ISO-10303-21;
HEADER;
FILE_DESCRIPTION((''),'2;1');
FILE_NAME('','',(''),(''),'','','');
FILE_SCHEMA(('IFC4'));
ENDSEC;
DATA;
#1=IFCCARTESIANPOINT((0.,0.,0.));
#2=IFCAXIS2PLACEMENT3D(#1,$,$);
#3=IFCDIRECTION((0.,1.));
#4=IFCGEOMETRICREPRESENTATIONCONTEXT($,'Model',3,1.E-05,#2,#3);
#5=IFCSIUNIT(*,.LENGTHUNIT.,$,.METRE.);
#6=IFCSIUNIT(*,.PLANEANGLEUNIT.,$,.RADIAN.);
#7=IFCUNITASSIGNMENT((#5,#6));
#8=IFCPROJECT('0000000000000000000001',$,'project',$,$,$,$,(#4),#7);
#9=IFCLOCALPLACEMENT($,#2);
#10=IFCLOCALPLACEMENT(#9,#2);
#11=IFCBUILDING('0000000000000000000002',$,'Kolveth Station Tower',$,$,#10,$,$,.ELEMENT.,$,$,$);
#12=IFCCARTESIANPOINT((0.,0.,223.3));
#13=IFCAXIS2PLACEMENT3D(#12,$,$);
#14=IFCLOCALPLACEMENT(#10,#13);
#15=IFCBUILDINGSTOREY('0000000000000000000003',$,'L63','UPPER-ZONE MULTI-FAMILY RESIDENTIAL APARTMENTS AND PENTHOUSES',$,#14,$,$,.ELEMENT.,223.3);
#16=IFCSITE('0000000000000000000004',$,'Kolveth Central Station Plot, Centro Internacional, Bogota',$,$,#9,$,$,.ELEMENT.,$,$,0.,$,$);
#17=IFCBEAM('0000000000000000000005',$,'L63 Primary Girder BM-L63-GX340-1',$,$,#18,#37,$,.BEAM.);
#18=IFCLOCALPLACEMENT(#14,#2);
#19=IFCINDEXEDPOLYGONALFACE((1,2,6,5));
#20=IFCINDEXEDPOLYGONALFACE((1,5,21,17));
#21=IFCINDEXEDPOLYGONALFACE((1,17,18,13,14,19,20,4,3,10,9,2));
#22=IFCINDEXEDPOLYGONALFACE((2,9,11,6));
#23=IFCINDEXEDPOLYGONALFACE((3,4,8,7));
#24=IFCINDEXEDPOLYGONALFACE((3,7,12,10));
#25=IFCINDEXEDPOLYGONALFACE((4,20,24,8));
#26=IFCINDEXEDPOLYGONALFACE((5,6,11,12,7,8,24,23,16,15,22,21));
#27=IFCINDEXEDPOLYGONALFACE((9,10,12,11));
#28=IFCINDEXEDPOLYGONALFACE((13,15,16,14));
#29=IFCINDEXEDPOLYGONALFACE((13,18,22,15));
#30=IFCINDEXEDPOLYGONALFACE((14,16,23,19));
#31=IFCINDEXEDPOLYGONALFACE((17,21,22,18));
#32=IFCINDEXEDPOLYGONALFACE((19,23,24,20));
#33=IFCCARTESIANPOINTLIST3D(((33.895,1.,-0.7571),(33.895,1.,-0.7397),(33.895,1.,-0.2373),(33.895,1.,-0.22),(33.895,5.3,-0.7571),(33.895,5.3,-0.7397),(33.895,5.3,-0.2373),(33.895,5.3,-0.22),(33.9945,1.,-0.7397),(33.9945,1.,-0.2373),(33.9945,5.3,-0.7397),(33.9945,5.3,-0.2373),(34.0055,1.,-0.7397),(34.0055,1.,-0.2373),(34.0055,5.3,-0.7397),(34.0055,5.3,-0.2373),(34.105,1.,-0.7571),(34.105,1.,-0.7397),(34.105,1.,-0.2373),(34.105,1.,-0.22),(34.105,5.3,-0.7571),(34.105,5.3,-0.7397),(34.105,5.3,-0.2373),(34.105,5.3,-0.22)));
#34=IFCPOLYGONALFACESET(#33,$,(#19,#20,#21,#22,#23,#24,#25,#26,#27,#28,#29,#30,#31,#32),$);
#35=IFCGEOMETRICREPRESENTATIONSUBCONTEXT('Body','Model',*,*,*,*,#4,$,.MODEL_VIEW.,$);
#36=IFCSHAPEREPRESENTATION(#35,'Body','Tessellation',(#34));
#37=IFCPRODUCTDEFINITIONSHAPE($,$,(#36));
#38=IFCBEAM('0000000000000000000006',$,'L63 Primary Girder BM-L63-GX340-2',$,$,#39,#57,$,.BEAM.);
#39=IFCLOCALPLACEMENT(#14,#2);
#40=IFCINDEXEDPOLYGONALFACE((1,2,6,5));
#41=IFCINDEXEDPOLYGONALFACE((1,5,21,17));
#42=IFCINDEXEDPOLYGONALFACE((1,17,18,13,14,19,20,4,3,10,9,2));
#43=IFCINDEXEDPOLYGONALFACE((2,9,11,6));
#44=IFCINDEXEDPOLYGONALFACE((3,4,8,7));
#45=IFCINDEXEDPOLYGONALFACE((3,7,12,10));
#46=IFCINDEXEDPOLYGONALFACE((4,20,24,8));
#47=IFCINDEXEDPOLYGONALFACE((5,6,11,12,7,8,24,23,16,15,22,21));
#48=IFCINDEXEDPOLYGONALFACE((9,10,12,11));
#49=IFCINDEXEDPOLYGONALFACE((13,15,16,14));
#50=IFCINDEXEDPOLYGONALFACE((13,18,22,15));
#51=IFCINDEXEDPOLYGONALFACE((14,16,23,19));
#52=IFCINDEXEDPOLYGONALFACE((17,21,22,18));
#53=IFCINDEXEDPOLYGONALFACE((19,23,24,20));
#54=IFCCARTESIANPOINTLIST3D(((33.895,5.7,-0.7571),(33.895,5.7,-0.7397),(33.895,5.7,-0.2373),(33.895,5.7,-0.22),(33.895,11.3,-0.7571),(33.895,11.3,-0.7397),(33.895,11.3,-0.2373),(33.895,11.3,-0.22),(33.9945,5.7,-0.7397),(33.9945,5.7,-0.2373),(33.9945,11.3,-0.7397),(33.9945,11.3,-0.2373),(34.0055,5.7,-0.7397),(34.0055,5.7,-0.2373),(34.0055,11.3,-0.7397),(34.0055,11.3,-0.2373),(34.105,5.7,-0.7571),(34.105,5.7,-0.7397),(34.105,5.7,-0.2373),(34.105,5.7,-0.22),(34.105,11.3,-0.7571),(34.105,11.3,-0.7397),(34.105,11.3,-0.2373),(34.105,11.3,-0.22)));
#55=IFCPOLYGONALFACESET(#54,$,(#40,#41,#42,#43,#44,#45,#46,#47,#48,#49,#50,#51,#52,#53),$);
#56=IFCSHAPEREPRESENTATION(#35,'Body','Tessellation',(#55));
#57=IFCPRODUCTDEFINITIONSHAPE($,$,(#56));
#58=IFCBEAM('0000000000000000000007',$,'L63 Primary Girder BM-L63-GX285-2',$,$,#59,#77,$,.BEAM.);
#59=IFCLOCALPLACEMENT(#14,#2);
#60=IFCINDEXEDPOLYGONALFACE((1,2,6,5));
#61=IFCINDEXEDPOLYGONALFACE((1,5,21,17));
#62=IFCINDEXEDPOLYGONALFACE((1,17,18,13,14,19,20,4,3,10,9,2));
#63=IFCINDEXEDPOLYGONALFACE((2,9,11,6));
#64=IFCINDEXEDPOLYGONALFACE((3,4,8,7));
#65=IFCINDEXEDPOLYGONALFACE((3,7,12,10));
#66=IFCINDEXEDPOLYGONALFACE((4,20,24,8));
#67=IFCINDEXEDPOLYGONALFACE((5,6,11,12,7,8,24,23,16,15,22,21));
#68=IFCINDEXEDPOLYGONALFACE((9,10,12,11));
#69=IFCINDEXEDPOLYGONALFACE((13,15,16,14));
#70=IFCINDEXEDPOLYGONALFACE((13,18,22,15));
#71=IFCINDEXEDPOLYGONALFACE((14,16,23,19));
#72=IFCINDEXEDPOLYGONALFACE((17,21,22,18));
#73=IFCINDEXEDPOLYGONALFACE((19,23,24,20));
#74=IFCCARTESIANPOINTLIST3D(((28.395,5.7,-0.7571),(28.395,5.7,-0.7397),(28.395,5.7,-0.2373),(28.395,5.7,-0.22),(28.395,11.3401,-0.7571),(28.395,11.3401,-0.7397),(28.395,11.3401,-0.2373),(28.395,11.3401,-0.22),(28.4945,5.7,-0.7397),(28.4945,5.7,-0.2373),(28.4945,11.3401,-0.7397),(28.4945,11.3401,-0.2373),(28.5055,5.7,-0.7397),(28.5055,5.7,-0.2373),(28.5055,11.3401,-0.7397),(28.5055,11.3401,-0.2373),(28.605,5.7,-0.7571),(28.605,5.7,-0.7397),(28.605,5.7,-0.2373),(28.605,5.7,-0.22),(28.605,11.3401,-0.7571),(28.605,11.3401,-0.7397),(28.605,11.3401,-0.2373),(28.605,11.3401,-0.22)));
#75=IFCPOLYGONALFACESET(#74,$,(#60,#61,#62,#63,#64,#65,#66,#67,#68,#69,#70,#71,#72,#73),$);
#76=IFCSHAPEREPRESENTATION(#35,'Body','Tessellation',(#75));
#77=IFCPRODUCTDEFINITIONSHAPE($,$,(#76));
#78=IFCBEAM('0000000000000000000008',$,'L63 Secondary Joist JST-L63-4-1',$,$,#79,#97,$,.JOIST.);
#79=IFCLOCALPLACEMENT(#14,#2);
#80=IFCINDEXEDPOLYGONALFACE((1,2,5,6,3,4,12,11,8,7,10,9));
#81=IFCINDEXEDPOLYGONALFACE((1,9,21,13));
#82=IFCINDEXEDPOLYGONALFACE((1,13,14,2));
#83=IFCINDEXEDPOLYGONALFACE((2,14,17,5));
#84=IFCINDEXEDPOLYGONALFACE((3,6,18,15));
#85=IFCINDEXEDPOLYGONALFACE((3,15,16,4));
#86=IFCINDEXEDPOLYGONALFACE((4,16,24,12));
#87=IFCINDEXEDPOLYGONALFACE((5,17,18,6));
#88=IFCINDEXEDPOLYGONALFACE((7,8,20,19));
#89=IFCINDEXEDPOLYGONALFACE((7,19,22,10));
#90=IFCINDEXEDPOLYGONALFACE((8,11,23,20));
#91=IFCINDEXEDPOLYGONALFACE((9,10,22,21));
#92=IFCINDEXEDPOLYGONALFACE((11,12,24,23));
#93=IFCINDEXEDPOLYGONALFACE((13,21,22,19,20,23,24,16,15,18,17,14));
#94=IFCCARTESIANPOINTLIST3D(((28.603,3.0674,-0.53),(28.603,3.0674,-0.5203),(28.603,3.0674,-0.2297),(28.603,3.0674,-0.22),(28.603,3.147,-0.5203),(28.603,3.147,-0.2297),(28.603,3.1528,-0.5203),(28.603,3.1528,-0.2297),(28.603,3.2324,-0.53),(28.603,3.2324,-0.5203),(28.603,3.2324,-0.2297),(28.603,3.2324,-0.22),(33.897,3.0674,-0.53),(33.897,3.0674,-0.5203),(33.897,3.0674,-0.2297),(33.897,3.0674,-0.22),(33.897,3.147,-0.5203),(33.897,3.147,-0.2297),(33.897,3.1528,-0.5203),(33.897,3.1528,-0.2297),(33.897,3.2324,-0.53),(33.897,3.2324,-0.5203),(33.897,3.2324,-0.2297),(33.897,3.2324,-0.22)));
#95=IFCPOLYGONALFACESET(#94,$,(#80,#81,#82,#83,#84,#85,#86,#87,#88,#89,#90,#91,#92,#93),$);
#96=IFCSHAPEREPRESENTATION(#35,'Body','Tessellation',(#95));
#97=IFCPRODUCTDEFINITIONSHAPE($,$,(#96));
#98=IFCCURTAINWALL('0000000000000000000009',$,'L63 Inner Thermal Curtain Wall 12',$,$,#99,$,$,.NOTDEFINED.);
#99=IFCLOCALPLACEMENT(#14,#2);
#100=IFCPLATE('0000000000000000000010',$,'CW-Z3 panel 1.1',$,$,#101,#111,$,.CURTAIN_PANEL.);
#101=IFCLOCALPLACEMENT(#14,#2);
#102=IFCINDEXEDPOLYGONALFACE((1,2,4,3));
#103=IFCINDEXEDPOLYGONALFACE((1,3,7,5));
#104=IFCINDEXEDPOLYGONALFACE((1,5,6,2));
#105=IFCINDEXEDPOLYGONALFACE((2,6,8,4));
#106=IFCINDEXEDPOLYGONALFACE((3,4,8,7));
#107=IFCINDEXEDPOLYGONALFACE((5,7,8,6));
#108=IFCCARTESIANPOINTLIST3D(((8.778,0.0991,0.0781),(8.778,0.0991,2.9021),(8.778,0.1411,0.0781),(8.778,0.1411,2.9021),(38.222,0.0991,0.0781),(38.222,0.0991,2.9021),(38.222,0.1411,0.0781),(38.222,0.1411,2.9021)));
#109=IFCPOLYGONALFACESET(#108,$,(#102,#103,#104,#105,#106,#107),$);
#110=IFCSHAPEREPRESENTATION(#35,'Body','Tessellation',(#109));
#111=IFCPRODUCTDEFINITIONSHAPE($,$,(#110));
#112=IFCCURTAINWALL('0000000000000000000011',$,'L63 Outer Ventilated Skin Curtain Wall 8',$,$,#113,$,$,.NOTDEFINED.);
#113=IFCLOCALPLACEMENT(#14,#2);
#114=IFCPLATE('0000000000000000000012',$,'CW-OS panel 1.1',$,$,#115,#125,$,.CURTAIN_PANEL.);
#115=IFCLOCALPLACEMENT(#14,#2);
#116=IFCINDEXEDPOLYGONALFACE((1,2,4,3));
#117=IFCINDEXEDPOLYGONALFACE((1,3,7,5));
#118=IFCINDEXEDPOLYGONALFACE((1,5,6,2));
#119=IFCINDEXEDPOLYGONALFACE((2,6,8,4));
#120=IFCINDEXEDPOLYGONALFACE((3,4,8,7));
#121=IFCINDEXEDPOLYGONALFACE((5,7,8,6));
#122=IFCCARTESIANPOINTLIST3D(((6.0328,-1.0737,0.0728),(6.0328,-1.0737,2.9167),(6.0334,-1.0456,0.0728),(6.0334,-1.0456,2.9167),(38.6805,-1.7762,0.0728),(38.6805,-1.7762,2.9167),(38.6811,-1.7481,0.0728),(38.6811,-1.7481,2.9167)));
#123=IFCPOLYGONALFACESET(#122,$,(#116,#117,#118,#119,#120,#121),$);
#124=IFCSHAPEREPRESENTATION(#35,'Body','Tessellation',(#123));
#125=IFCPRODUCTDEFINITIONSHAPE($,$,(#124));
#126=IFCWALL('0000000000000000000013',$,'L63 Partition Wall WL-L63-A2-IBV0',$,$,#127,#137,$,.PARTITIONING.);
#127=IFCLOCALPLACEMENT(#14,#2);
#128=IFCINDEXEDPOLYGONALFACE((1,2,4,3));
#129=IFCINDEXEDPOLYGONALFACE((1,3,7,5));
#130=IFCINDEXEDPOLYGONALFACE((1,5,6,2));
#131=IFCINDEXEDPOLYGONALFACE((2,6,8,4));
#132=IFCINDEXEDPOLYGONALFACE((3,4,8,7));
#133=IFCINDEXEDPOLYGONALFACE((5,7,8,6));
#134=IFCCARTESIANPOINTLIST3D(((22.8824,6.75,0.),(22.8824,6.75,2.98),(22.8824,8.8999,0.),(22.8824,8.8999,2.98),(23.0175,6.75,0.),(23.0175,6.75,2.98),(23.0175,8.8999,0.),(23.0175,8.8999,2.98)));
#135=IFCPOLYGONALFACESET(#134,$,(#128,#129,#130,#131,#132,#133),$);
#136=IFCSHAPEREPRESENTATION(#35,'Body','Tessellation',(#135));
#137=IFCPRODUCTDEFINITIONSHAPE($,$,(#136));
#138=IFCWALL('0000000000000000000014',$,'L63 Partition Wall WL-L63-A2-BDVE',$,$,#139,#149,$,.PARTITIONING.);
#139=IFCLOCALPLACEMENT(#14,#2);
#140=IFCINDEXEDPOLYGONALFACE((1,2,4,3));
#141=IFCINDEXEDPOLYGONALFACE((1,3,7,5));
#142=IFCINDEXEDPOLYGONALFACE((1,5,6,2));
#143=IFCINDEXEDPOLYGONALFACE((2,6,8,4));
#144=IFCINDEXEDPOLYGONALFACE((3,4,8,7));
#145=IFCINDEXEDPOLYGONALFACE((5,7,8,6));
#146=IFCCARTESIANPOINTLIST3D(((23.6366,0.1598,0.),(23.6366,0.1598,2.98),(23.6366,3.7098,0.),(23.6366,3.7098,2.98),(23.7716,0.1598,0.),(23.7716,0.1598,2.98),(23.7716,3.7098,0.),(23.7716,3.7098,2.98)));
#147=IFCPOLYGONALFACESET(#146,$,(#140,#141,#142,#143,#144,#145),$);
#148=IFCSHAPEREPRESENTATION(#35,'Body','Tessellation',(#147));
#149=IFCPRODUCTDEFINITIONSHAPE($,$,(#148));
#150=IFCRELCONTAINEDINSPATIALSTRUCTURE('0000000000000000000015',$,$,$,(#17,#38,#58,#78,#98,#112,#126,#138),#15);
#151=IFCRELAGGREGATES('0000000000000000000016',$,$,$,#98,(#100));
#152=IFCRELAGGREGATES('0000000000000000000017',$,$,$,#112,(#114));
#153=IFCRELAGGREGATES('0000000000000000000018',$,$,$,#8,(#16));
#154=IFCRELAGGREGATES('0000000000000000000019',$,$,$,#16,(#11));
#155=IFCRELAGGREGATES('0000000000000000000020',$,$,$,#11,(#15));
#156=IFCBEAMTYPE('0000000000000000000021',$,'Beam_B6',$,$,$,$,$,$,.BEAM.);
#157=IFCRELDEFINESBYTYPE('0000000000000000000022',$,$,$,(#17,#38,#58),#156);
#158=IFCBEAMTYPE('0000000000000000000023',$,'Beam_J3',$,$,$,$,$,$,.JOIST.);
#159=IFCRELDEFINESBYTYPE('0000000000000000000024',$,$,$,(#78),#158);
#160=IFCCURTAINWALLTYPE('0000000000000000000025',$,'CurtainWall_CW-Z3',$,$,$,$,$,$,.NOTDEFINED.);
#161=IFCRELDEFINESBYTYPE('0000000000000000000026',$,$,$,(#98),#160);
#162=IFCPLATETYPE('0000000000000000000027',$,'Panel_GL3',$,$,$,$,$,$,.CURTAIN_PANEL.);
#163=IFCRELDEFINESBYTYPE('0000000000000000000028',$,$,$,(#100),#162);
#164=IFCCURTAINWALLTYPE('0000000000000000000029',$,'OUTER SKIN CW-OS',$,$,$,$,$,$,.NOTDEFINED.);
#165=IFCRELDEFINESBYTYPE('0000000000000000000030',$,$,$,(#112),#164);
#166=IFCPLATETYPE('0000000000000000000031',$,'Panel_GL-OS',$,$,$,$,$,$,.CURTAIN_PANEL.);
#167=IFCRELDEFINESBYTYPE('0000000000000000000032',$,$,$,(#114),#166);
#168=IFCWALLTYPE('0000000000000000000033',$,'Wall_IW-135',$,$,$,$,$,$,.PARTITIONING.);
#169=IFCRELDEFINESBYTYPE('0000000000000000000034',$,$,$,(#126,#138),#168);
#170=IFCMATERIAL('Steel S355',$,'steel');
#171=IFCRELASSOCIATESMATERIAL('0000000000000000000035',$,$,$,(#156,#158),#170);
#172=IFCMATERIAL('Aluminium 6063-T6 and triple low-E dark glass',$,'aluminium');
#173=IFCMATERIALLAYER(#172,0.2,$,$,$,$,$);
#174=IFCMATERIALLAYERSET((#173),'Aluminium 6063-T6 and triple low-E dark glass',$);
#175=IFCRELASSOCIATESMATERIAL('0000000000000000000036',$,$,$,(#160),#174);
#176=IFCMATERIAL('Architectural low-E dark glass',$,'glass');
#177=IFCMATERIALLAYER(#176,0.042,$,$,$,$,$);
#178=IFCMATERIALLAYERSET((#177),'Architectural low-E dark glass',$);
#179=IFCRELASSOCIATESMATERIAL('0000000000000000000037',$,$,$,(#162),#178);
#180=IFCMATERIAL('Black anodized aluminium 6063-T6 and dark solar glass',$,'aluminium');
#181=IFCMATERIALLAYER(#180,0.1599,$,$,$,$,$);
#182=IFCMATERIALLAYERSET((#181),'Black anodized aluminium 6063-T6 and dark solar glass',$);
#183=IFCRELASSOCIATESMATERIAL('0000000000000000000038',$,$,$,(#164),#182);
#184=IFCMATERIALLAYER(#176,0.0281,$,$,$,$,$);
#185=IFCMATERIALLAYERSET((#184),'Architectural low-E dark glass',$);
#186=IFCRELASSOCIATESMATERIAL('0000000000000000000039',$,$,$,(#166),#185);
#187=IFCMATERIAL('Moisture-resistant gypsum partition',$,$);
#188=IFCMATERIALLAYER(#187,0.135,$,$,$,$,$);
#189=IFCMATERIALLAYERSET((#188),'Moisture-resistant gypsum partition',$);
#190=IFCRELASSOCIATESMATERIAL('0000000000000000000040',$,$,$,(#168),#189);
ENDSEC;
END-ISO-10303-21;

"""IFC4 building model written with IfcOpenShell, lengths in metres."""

from ifc_helpers import new_model, si_unit, direction, frame, frame_2d, origin, origin_2d, place, context, subcontext, project, spatial, rectangle, i_section, extrude, source, transform, mapped, material, layer, layer_set, material_profile, profile_set, type_object, element, aggregate, save


model = new_model("IFC4")

# Units and contexts
model_context = context("Model", 3, precision=1e-05, world=origin(), true_north=direction((0.0, 1.0)))
body_context = subcontext(model_context, "Body", "Model", "MODEL_VIEW")
ifc_project = project(units=[si_unit("LENGTHUNIT", "METRE"), si_unit("PLANEANGLEUNIT", "RADIAN")], contexts=[model_context])

# Site, building, storey
site_placement = place(None, origin())
site = spatial("IfcSite", under=ifc_project, at=site_placement, Name="Kolveth Central Station Plot, Centro Internacional, Bogota", CompositionType="ELEMENT", RefElevation=0.0)
building_placement = place(site_placement, origin())
building = spatial("IfcBuilding", under=site, at=building_placement, Name="Kolveth Station Tower", CompositionType="ELEMENT")
storey_placement = place(building_placement, frame((0.0, 0.0, 223.3)))
storey = spatial("IfcBuildingStorey", under=building, at=storey_placement, Name="L63", Description="UPPER-ZONE MULTI-FAMILY RESIDENTIAL APARTMENTS AND PENTHOUSES", CompositionType="ELEMENT", Elevation=223.3)

# Shared definitions
ifc_material_1 = material(Name="Steel S355", Category="steel")

# Beams
ifc_material_profile_1 = material_profile(ifc_material_1, i_section(OverallWidth=0.21, OverallDepth=0.5371, WebThickness=0.011, FlangeThickness=0.0173, at=origin_2d()), Name="W530x101")
ifc_profile_set_1 = profile_set([ifc_material_profile_1], Name="Steel S355")
beam_type_1 = type_object("IfcBeamType", Name="Beam_B6", PredefinedType="BEAM", material=ifc_profile_set_1)
shared_shape_1 = source(origin(), body_context, "Body", "SweptSolid", [
    extrude(i_section(OverallWidth=0.21, OverallDepth=0.5371, WebThickness=0.011, FlangeThickness=0.0173, at=origin_2d()), origin(), (0.0, 0.0, 1.0), 4.3),
])
for number, where, z_axis, x_axis, name in (
    (1, (34.0, 1.0, -0.4885), (0.0, 1.0, 0.0), (-1.0, 0.0, 0.0), "L63 Primary Girder BM-L63-GX340-1"),
):
    element("IfcBeam", number, at=place(storey_placement, frame(where, z_axis=z_axis, x_axis=x_axis)), inside=storey, type_object=beam_type_1, Name=name, PredefinedType="BEAM", context=body_context, shape_type="MappedRepresentation", body=[
        mapped(shared_shape_1, transform((0.0, 0.0, 0.0), x_axis=(1.0, 0.0, 0.0), y_axis=(0.0, 1.0, 0.0), z_axis=(0.0, 0.0, 1.0), scale=1.0)),
    ])
shared_shape_2 = source(origin(), body_context, "Body", "SweptSolid", [
    extrude(i_section(OverallWidth=0.21, OverallDepth=0.5371, WebThickness=0.011, FlangeThickness=0.0173, at=origin_2d()), origin(), (0.0, 0.0, 1.0), 5.6001),
])
beam_1_placement = place(storey_placement, frame((34.0, 5.7, -0.4885), z_axis=(0.0, 1.0, 0.0), x_axis=(-1.0, 0.0, 0.0)))
element("IfcBeam", 2, at=beam_1_placement, inside=storey, type_object=beam_type_1, Name="L63 Primary Girder BM-L63-GX340-2", PredefinedType="BEAM", context=body_context, shape_type="MappedRepresentation", body=[
    mapped(shared_shape_2, transform((0.0, 0.0, 0.0), x_axis=(1.0, 0.0, 0.0), y_axis=(0.0, 1.0, 0.0), z_axis=(0.0, 0.0, 1.0), scale=1.0)),
])
shared_shape_3 = source(origin(), body_context, "Body", "SweptSolid", [
    extrude(i_section(OverallWidth=0.21, OverallDepth=0.5371, WebThickness=0.011, FlangeThickness=0.0173, at=origin_2d()), origin(), (0.0, 0.0, 1.0), 5.6401),
])
beam_2_placement = place(storey_placement, frame((28.5, 5.7, -0.4885), z_axis=(0.0, 1.0, 0.0), x_axis=(-1.0, 0.0, 0.0)))
element("IfcBeam", 3, at=beam_2_placement, inside=storey, type_object=beam_type_1, Name="L63 Primary Girder BM-L63-GX285-2", PredefinedType="BEAM", context=body_context, shape_type="MappedRepresentation", body=[
    mapped(shared_shape_3, transform((0.0, 0.0, 0.0), x_axis=(1.0, 0.0, 0.0), y_axis=(0.0, 1.0, 0.0), z_axis=(0.0, 0.0, 1.0), scale=1.0)),
])
ifc_material_profile_2 = material_profile(ifc_material_1, i_section(OverallWidth=0.165, OverallDepth=0.3101, WebThickness=0.0059, FlangeThickness=0.0098, at=origin_2d()), Name="W310x39")
ifc_profile_set_2 = profile_set([ifc_material_profile_2], Name="Steel S355")
beam_type_2 = type_object("IfcBeamType", Name="Beam_J3", PredefinedType="JOIST", material=ifc_profile_set_2)
shared_shape_4 = source(origin(), body_context, "Body", "SweptSolid", [
    extrude(i_section(OverallWidth=0.165, OverallDepth=0.3101, WebThickness=0.0059, FlangeThickness=0.0098, at=origin_2d()), origin(), (0.0, 0.0, 1.0), 5.2939),
])
beam_3_placement = place(storey_placement, frame((28.603, 3.1499, -0.375), z_axis=(1.0, 0.0, 0.0), x_axis=(0.0, 1.0, 0.0)))
element("IfcBeam", 4, at=beam_3_placement, inside=storey, type_object=beam_type_2, Name="L63 Secondary Joist JST-L63-4-1", PredefinedType="JOIST", context=body_context, shape_type="MappedRepresentation", body=[
    mapped(shared_shape_4, transform((0.0, 0.0, 0.0), x_axis=(1.0, 0.0, 0.0), y_axis=(0.0, 1.0, 0.0), z_axis=(0.0, 0.0, 1.0), scale=1.0)),
])

# Curtain walls, plates
ifc_material_2 = material(Name="Aluminium 6063-T6 and triple low-E dark glass", Category="aluminium")
ifc_layer_1 = layer(ifc_material_2, 0.2)
ifc_layer_set_1 = layer_set([ifc_layer_1], Name="Aluminium 6063-T6 and triple low-E dark glass")
curtain_wall_type_1 = type_object("IfcCurtainWallType", Name="CurtainWall_CW-Z3", PredefinedType="NOTDEFINED", material=ifc_layer_set_1)
curtain_wall_1_placement = place(storey_placement, origin())
curtain_wall_1 = element("IfcCurtainWall", 5, at=curtain_wall_1_placement, inside=storey, type_object=curtain_wall_type_1, Name="L63 Inner Thermal Curtain Wall 12", PredefinedType="NOTDEFINED")
ifc_material_3 = material(Name="Architectural low-E dark glass", Category="glass")
ifc_layer_2 = layer(ifc_material_3, 0.042)
ifc_layer_set_2 = layer_set([ifc_layer_2], Name="Architectural low-E dark glass")
plate_type_1 = type_object("IfcPlateType", Name="Panel_GL3", PredefinedType="CURTAIN_PANEL", material=ifc_layer_set_2)
shared_shape_5 = source(origin(), body_context, "Body", "SweptSolid", [
    extrude(rectangle(XDim=29.4441, YDim=0.042, at=origin_2d()), origin(), (0.0, 0.0, 1.0), 2.824),
])
plate_1_placement = place(storey_placement, frame((23.5, 0.1201, 0.0781), z_axis=(0.0, 0.0, 1.0), x_axis=(1.0, 0.0, 0.0)))
plate_1 = element("IfcPlate", 6, at=plate_1_placement, type_object=plate_type_1, Name="CW-Z3 panel 1.1", PredefinedType="CURTAIN_PANEL", context=body_context, shape_type="MappedRepresentation", body=[
    mapped(shared_shape_5, transform((0.0, 0.0, 0.0), x_axis=(1.0, 0.0, 0.0), y_axis=(0.0, 1.0, 0.0), z_axis=(0.0, 0.0, 1.0), scale=1.0)),
])
aggregate(curtain_wall_1, [plate_1])
ifc_material_4 = material(Name="Black anodized aluminium 6063-T6 and dark solar glass", Category="aluminium")
ifc_layer_3 = layer(ifc_material_4, 0.1599)
ifc_layer_set_3 = layer_set([ifc_layer_3], Name="Black anodized aluminium 6063-T6 and dark solar glass")
curtain_wall_type_2 = type_object("IfcCurtainWallType", Name="OUTER SKIN CW-OS", PredefinedType="NOTDEFINED", material=ifc_layer_set_3)
curtain_wall_2_placement = place(storey_placement, origin())
curtain_wall_2 = element("IfcCurtainWall", 7, at=curtain_wall_2_placement, inside=storey, type_object=curtain_wall_type_2, Name="L63 Outer Ventilated Skin Curtain Wall 8", PredefinedType="NOTDEFINED")
ifc_layer_4 = layer(ifc_material_3, 0.0281)
ifc_layer_set_4 = layer_set([ifc_layer_4], Name="Architectural low-E dark glass")
plate_type_2 = type_object("IfcPlateType", Name="Panel_GL-OS", PredefinedType="CURTAIN_PANEL", material=ifc_layer_set_4)
shared_shape_6 = source(origin(), body_context, "Body", "SweptSolid", [
    extrude(rectangle(XDim=32.6553, YDim=0.0281, at=origin_2d()), origin(), (0.0, 0.0, 1.0), 2.844),
])
plate_2_placement = place(storey_placement, frame((22.3569, -1.4109, 0.0728), z_axis=(0.0, 0.0, 1.0), x_axis=(0.999769, -0.021513, 0.0)))
plate_2 = element("IfcPlate", 8, at=plate_2_placement, type_object=plate_type_2, Name="CW-OS panel 1.1", PredefinedType="CURTAIN_PANEL", context=body_context, shape_type="MappedRepresentation", body=[
    mapped(shared_shape_6, transform((0.0, 0.0, 0.0), x_axis=(1.0, 0.0, 0.0), y_axis=(0.0, 1.0, 0.0), z_axis=(0.0, 0.0, 1.0), scale=1.0)),
])
aggregate(curtain_wall_2, [plate_2])

# Shared definitions
ifc_material_5 = material(Name="Moisture-resistant gypsum partition")
ifc_layer_5 = layer(ifc_material_5, 0.135)
ifc_layer_set_5 = layer_set([ifc_layer_5], Name="Moisture-resistant gypsum partition")
wall_type_1 = type_object("IfcWallType", Name="Wall_IW-135", PredefinedType="PARTITIONING", material=ifc_layer_set_5)

# Walls
wall_1_placement = place(storey_placement, frame((22.95, 6.75, 0.0), z_axis=(0.0, 0.0, 1.0), x_axis=(0.0, 1.0, 0.0)))
element("IfcWall", 9, at=wall_1_placement, inside=storey, type_object=wall_type_1, Name="L63 Partition Wall WL-L63-A2-IBV0", PredefinedType="PARTITIONING", context=body_context, shape_type="SweptSolid", body=[
    extrude(rectangle(XDim=2.1499, YDim=0.135, at=frame_2d((1.075, 0.0))), origin(), (0.0, 0.0, 1.0), 2.98),
])
wall_2_placement = place(storey_placement, frame((23.7041, 0.1599, 0.0), z_axis=(0.0, 0.0, 1.0), x_axis=(0.0, 1.0, 0.0)))
element("IfcWall", 10, at=wall_2_placement, inside=storey, type_object=wall_type_1, Name="L63 Partition Wall WL-L63-A2-BDVE", PredefinedType="PARTITIONING", context=body_context, shape_type="SweptSolid", body=[
    extrude(rectangle(XDim=3.55, YDim=0.135, at=frame_2d((1.7749, 0.0))), origin(), (0.0, 0.0, 1.0), 2.98),
])

save(model, "model.ifc")
